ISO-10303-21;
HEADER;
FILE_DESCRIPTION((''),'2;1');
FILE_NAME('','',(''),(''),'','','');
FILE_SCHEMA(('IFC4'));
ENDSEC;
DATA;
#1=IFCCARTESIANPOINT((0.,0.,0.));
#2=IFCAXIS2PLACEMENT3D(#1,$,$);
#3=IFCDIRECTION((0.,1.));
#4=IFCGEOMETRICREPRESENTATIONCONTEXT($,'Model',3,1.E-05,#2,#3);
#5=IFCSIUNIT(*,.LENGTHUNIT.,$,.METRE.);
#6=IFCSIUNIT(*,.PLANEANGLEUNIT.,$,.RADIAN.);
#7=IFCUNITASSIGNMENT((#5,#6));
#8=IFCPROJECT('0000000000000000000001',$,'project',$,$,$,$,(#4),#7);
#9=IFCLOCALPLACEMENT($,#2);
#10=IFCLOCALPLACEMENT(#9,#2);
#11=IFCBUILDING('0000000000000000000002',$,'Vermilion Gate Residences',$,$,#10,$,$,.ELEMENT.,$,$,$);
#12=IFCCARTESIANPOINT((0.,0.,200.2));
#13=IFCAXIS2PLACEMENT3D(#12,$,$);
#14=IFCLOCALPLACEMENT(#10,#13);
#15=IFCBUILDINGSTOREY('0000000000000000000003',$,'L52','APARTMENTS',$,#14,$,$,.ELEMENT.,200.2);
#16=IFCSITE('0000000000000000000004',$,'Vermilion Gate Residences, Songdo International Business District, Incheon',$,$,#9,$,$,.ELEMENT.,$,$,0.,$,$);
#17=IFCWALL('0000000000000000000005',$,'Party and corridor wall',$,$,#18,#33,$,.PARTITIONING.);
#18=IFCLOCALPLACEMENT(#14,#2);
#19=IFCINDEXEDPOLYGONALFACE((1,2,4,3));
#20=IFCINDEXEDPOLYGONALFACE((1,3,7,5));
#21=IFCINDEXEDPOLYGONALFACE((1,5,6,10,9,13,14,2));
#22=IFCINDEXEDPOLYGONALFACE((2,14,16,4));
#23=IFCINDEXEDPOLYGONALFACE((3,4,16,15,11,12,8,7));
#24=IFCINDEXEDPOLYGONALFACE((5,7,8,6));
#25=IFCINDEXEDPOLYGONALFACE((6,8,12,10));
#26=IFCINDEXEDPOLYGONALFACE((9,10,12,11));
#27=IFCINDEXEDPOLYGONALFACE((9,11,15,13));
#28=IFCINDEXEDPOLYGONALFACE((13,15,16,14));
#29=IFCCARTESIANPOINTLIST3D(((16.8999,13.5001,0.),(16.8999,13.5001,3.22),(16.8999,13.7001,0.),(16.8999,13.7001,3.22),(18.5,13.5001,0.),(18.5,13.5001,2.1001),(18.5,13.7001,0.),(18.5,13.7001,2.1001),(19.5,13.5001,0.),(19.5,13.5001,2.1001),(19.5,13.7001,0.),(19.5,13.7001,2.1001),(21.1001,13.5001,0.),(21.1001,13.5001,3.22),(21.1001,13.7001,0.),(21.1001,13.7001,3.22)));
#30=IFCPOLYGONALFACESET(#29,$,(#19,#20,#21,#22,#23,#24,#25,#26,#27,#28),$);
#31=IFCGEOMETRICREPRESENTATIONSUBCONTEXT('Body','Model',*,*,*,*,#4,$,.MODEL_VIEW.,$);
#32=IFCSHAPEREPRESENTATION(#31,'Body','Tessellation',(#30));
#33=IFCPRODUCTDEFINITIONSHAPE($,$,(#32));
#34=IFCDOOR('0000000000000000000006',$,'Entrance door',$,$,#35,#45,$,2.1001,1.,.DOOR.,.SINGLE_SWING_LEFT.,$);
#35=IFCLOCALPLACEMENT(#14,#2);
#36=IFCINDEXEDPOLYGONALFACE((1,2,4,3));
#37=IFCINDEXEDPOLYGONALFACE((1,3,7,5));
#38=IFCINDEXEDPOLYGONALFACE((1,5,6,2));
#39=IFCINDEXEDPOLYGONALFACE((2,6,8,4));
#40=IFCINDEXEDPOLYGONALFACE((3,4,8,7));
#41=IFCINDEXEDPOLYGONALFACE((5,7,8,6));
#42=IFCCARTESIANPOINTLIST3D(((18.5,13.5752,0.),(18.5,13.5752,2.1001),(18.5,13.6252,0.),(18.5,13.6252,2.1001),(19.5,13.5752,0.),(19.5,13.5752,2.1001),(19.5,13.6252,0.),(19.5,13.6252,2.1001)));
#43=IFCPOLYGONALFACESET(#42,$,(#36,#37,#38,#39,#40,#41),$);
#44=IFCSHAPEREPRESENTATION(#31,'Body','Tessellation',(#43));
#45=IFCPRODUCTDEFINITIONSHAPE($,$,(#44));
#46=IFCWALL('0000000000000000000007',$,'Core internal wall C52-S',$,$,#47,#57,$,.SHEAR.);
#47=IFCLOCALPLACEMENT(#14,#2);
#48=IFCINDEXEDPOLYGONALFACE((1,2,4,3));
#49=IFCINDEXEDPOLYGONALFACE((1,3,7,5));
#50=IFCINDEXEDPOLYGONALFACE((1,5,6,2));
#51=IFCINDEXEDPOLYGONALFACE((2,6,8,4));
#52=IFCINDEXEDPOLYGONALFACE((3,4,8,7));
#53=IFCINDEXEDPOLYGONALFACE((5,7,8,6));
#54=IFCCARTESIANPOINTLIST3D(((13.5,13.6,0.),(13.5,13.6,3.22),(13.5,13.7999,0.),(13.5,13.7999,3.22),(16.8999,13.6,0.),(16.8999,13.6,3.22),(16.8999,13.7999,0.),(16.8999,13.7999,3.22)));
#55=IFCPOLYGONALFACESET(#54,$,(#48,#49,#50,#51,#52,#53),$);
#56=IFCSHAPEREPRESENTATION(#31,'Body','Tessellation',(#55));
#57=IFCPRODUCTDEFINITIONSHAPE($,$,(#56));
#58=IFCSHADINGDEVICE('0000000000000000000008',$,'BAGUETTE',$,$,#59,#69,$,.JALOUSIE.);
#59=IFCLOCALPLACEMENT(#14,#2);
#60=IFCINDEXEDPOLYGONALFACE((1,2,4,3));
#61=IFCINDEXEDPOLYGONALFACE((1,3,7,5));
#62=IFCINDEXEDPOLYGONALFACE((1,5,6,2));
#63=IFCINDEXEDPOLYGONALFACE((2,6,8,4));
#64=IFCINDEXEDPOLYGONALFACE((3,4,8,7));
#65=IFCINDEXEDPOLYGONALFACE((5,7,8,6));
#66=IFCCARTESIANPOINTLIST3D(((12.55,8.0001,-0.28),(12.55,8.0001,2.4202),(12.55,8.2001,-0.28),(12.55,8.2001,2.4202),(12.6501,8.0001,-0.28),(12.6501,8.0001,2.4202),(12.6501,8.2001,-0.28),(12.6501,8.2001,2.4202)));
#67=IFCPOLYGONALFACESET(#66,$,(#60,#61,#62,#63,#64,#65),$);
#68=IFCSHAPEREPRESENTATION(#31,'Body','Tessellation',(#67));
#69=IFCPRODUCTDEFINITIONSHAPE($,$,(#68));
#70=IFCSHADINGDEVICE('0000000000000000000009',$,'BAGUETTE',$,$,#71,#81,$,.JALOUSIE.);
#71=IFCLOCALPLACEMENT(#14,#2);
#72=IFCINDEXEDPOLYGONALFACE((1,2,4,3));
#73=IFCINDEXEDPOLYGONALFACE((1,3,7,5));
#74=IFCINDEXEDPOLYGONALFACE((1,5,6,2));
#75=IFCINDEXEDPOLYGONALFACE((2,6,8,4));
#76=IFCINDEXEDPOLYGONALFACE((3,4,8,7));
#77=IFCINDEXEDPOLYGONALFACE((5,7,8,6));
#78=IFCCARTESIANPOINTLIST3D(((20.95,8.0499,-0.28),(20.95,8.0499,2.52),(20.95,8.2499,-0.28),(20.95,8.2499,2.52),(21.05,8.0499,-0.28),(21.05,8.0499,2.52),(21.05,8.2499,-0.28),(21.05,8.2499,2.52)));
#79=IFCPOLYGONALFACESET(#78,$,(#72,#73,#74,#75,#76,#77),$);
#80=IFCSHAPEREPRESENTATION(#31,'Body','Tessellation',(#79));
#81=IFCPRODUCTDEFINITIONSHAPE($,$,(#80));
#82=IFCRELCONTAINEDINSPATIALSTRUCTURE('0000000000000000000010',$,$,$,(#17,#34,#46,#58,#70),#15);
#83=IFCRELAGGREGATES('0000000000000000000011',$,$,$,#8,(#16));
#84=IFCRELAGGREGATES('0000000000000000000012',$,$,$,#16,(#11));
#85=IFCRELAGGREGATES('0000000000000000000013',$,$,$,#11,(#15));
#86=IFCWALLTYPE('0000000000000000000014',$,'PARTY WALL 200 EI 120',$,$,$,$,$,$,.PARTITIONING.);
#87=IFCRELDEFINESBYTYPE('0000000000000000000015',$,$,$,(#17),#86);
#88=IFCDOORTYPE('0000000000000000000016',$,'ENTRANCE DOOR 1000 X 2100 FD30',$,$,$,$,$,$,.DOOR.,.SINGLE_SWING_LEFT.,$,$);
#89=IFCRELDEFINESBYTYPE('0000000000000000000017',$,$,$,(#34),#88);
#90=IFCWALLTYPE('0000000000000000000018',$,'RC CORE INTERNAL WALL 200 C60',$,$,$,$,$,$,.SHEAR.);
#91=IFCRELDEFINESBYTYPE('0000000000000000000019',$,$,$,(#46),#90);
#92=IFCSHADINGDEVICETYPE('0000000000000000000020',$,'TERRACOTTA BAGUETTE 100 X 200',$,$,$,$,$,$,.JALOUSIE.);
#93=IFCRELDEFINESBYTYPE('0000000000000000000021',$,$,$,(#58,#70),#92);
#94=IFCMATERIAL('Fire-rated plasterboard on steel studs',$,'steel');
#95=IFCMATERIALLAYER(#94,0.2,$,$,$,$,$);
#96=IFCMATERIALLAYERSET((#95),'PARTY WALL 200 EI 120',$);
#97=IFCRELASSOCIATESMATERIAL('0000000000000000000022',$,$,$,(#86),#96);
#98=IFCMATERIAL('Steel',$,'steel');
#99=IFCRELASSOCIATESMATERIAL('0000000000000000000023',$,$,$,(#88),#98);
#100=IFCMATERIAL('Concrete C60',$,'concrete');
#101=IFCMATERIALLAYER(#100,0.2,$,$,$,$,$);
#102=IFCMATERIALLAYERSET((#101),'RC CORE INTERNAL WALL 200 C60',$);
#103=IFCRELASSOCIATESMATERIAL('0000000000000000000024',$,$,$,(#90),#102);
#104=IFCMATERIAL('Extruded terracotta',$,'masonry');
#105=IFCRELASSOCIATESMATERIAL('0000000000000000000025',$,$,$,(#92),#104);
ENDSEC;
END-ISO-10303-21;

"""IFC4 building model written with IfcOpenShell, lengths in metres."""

from ifc_helpers import new_model, si_unit, direction, frame, frame_2d, origin, origin_2d, place, context, subcontext, project, spatial, rectangle, extrude, material, layer, layer_set, material_profile, profile_set, type_object, element, fill, save


model = new_model("IFC4")

# Units and contexts
model_context = context("Model", 3, precision=1e-05, world=origin(), true_north=direction((0.0, 1.0)))
body_context = subcontext(model_context, "Body", "Model", "MODEL_VIEW")
ifc_project = project(units=[si_unit("LENGTHUNIT", "METRE"), si_unit("PLANEANGLEUNIT", "RADIAN")], contexts=[model_context])

# Site, building, storey
site_placement = place(None, origin())
site = spatial("IfcSite", under=ifc_project, at=site_placement, Name="Vermilion Gate Residences, Songdo International Business District, Incheon", CompositionType="ELEMENT", RefElevation=0.0)
building_placement = place(site_placement, origin())
building = spatial("IfcBuilding", under=site, at=building_placement, Name="Vermilion Gate Residences", CompositionType="ELEMENT")
storey_placement = place(building_placement, frame((0.0, 0.0, 200.2)))
storey = spatial("IfcBuildingStorey", under=building, at=storey_placement, Name="L52", Description="APARTMENTS", CompositionType="ELEMENT", Elevation=200.2)

# Wall, opening, door
ifc_material_1 = material(Name="Fire-rated plasterboard on steel studs", Category="steel")
ifc_layer_1 = layer(ifc_material_1, 0.2)
ifc_layer_set_1 = layer_set([ifc_layer_1], Name="PARTY WALL 200 EI 120")
wall_type_1 = type_object("IfcWallType", Name="PARTY WALL 200 EI 120", PredefinedType="PARTITIONING", material=ifc_layer_set_1)
wall_1_placement = place(storey_placement, frame((16.8999, 13.6001, 0.0), z_axis=(0.0, 0.0, 1.0), x_axis=(1.0, 0.0, 0.0)))
wall_1 = element("IfcWall", 1, at=wall_1_placement, inside=storey, type_object=wall_type_1, Name="Party and corridor wall", PredefinedType="PARTITIONING", context=body_context, shape_type="SweptSolid", body=[
    extrude(rectangle(XDim=4.2002, YDim=0.2, at=frame_2d((2.1001, 0.0))), origin(), (0.0, 0.0, 1.0), 3.22),
])
opening_1_placement = place(wall_1_placement, frame((1.6001, 0.0, 0.0)))
opening_1 = element("IfcOpeningElement", 2, at=opening_1_placement, cuts=wall_1, PredefinedType="OPENING", context=body_context, shape_type="SweptSolid", body=[
    extrude(rectangle(XDim=1.0, YDim=2.1001, at=frame_2d((0.5, 1.05))), frame((0.0, 0.1099, 0.0), z_axis=(0.0, -1.0, 0.0), x_axis=(1.0, 0.0, 0.0)), (0.0, 0.0, 1.0), 0.22),
])
ifc_material_2 = material(Name="Steel", Category="steel")
door_type_1 = type_object("IfcDoorType", Name="ENTRANCE DOOR 1000 X 2100 FD30", OperationType="SINGLE_SWING_LEFT", PredefinedType="DOOR", material=ifc_material_2)
door_1_placement = place(opening_1_placement, frame((1.0, 0.0, 0.0), z_axis=(0.0, 0.0, 1.0), x_axis=(-1.0, 0.0, 0.0)))
door_1 = element("IfcDoor", 3, at=door_1_placement, inside=storey, type_object=door_type_1, Name="Entrance door", OperationType="SINGLE_SWING_LEFT", OverallHeight=2.1001, OverallWidth=1.0, PredefinedType="DOOR", context=body_context, shape_type="SweptSolid", body=[
    extrude(rectangle(XDim=1.0, YDim=2.1001, at=frame_2d((0.5, 1.05))), frame((0.0, 0.0249, 0.0), z_axis=(0.0, -1.0, 0.0), x_axis=(1.0, 0.0, 0.0)), (0.0, 0.0, 1.0), 0.05),
])
fill(opening_1, door_1)

# Wall
ifc_material_3 = material(Name="Concrete C60", Category="concrete")
ifc_layer_2 = layer(ifc_material_3, 0.2)
ifc_layer_set_2 = layer_set([ifc_layer_2], Name="RC CORE INTERNAL WALL 200 C60")
wall_type_2 = type_object("IfcWallType", Name="RC CORE INTERNAL WALL 200 C60", PredefinedType="SHEAR", material=ifc_layer_set_2)
wall_2_placement = place(storey_placement, frame((13.5, 13.7, 0.0), z_axis=(0.0, 0.0, 1.0), x_axis=(1.0, 0.0, 0.0)))
element("IfcWall", 4, at=wall_2_placement, inside=storey, type_object=wall_type_2, Name="Core internal wall C52-S", PredefinedType="SHEAR", context=body_context, shape_type="SweptSolid", body=[
    extrude(rectangle(XDim=3.3999, YDim=0.2, at=frame_2d((1.7, 0.0))), origin(), (0.0, 0.0, 1.0), 3.22),
])

# Shading devices
ifc_material_4 = material(Name="Extruded terracotta", Category="masonry")
ifc_material_profile_1 = material_profile(ifc_material_4, rectangle(XDim=0.2, YDim=0.1001, at=origin_2d()), Name="BAGUETTE 100 X 200")
ifc_profile_set_1 = profile_set([ifc_material_profile_1], Name="Extruded terracotta")
shading_device_type = type_object("IfcShadingDeviceType", Name="TERRACOTTA BAGUETTE 100 X 200", PredefinedType="JALOUSIE", material=ifc_profile_set_1)
shading_device_1_placement = place(storey_placement, frame((12.6001, 8.1001, -0.28), z_axis=(0.0, 0.0, 1.0), x_axis=(0.0, 1.0, 0.0)))
element("IfcShadingDevice", 5, at=shading_device_1_placement, inside=storey, type_object=shading_device_type, Name="BAGUETTE", PredefinedType="JALOUSIE", context=body_context, shape_type="SweptSolid", body=[
    extrude(rectangle(XDim=0.2, YDim=0.1001, at=origin_2d()), origin(), (0.0, 0.0, 1.0), 2.7002),
])
shading_device_2_placement = place(storey_placement, frame((21.0, 8.1499, -0.28), z_axis=(0.0, 0.0, 1.0), x_axis=(0.0, 1.0, 0.0)))
element("IfcShadingDevice", 6, at=shading_device_2_placement, inside=storey, type_object=shading_device_type, Name="BAGUETTE", PredefinedType="JALOUSIE", context=body_context, shape_type="SweptSolid", body=[
    extrude(rectangle(XDim=0.2, YDim=0.1001, at=origin_2d()), origin(), (0.0, 0.0, 1.0), 2.8),
])

save(model, "model.ifc")
